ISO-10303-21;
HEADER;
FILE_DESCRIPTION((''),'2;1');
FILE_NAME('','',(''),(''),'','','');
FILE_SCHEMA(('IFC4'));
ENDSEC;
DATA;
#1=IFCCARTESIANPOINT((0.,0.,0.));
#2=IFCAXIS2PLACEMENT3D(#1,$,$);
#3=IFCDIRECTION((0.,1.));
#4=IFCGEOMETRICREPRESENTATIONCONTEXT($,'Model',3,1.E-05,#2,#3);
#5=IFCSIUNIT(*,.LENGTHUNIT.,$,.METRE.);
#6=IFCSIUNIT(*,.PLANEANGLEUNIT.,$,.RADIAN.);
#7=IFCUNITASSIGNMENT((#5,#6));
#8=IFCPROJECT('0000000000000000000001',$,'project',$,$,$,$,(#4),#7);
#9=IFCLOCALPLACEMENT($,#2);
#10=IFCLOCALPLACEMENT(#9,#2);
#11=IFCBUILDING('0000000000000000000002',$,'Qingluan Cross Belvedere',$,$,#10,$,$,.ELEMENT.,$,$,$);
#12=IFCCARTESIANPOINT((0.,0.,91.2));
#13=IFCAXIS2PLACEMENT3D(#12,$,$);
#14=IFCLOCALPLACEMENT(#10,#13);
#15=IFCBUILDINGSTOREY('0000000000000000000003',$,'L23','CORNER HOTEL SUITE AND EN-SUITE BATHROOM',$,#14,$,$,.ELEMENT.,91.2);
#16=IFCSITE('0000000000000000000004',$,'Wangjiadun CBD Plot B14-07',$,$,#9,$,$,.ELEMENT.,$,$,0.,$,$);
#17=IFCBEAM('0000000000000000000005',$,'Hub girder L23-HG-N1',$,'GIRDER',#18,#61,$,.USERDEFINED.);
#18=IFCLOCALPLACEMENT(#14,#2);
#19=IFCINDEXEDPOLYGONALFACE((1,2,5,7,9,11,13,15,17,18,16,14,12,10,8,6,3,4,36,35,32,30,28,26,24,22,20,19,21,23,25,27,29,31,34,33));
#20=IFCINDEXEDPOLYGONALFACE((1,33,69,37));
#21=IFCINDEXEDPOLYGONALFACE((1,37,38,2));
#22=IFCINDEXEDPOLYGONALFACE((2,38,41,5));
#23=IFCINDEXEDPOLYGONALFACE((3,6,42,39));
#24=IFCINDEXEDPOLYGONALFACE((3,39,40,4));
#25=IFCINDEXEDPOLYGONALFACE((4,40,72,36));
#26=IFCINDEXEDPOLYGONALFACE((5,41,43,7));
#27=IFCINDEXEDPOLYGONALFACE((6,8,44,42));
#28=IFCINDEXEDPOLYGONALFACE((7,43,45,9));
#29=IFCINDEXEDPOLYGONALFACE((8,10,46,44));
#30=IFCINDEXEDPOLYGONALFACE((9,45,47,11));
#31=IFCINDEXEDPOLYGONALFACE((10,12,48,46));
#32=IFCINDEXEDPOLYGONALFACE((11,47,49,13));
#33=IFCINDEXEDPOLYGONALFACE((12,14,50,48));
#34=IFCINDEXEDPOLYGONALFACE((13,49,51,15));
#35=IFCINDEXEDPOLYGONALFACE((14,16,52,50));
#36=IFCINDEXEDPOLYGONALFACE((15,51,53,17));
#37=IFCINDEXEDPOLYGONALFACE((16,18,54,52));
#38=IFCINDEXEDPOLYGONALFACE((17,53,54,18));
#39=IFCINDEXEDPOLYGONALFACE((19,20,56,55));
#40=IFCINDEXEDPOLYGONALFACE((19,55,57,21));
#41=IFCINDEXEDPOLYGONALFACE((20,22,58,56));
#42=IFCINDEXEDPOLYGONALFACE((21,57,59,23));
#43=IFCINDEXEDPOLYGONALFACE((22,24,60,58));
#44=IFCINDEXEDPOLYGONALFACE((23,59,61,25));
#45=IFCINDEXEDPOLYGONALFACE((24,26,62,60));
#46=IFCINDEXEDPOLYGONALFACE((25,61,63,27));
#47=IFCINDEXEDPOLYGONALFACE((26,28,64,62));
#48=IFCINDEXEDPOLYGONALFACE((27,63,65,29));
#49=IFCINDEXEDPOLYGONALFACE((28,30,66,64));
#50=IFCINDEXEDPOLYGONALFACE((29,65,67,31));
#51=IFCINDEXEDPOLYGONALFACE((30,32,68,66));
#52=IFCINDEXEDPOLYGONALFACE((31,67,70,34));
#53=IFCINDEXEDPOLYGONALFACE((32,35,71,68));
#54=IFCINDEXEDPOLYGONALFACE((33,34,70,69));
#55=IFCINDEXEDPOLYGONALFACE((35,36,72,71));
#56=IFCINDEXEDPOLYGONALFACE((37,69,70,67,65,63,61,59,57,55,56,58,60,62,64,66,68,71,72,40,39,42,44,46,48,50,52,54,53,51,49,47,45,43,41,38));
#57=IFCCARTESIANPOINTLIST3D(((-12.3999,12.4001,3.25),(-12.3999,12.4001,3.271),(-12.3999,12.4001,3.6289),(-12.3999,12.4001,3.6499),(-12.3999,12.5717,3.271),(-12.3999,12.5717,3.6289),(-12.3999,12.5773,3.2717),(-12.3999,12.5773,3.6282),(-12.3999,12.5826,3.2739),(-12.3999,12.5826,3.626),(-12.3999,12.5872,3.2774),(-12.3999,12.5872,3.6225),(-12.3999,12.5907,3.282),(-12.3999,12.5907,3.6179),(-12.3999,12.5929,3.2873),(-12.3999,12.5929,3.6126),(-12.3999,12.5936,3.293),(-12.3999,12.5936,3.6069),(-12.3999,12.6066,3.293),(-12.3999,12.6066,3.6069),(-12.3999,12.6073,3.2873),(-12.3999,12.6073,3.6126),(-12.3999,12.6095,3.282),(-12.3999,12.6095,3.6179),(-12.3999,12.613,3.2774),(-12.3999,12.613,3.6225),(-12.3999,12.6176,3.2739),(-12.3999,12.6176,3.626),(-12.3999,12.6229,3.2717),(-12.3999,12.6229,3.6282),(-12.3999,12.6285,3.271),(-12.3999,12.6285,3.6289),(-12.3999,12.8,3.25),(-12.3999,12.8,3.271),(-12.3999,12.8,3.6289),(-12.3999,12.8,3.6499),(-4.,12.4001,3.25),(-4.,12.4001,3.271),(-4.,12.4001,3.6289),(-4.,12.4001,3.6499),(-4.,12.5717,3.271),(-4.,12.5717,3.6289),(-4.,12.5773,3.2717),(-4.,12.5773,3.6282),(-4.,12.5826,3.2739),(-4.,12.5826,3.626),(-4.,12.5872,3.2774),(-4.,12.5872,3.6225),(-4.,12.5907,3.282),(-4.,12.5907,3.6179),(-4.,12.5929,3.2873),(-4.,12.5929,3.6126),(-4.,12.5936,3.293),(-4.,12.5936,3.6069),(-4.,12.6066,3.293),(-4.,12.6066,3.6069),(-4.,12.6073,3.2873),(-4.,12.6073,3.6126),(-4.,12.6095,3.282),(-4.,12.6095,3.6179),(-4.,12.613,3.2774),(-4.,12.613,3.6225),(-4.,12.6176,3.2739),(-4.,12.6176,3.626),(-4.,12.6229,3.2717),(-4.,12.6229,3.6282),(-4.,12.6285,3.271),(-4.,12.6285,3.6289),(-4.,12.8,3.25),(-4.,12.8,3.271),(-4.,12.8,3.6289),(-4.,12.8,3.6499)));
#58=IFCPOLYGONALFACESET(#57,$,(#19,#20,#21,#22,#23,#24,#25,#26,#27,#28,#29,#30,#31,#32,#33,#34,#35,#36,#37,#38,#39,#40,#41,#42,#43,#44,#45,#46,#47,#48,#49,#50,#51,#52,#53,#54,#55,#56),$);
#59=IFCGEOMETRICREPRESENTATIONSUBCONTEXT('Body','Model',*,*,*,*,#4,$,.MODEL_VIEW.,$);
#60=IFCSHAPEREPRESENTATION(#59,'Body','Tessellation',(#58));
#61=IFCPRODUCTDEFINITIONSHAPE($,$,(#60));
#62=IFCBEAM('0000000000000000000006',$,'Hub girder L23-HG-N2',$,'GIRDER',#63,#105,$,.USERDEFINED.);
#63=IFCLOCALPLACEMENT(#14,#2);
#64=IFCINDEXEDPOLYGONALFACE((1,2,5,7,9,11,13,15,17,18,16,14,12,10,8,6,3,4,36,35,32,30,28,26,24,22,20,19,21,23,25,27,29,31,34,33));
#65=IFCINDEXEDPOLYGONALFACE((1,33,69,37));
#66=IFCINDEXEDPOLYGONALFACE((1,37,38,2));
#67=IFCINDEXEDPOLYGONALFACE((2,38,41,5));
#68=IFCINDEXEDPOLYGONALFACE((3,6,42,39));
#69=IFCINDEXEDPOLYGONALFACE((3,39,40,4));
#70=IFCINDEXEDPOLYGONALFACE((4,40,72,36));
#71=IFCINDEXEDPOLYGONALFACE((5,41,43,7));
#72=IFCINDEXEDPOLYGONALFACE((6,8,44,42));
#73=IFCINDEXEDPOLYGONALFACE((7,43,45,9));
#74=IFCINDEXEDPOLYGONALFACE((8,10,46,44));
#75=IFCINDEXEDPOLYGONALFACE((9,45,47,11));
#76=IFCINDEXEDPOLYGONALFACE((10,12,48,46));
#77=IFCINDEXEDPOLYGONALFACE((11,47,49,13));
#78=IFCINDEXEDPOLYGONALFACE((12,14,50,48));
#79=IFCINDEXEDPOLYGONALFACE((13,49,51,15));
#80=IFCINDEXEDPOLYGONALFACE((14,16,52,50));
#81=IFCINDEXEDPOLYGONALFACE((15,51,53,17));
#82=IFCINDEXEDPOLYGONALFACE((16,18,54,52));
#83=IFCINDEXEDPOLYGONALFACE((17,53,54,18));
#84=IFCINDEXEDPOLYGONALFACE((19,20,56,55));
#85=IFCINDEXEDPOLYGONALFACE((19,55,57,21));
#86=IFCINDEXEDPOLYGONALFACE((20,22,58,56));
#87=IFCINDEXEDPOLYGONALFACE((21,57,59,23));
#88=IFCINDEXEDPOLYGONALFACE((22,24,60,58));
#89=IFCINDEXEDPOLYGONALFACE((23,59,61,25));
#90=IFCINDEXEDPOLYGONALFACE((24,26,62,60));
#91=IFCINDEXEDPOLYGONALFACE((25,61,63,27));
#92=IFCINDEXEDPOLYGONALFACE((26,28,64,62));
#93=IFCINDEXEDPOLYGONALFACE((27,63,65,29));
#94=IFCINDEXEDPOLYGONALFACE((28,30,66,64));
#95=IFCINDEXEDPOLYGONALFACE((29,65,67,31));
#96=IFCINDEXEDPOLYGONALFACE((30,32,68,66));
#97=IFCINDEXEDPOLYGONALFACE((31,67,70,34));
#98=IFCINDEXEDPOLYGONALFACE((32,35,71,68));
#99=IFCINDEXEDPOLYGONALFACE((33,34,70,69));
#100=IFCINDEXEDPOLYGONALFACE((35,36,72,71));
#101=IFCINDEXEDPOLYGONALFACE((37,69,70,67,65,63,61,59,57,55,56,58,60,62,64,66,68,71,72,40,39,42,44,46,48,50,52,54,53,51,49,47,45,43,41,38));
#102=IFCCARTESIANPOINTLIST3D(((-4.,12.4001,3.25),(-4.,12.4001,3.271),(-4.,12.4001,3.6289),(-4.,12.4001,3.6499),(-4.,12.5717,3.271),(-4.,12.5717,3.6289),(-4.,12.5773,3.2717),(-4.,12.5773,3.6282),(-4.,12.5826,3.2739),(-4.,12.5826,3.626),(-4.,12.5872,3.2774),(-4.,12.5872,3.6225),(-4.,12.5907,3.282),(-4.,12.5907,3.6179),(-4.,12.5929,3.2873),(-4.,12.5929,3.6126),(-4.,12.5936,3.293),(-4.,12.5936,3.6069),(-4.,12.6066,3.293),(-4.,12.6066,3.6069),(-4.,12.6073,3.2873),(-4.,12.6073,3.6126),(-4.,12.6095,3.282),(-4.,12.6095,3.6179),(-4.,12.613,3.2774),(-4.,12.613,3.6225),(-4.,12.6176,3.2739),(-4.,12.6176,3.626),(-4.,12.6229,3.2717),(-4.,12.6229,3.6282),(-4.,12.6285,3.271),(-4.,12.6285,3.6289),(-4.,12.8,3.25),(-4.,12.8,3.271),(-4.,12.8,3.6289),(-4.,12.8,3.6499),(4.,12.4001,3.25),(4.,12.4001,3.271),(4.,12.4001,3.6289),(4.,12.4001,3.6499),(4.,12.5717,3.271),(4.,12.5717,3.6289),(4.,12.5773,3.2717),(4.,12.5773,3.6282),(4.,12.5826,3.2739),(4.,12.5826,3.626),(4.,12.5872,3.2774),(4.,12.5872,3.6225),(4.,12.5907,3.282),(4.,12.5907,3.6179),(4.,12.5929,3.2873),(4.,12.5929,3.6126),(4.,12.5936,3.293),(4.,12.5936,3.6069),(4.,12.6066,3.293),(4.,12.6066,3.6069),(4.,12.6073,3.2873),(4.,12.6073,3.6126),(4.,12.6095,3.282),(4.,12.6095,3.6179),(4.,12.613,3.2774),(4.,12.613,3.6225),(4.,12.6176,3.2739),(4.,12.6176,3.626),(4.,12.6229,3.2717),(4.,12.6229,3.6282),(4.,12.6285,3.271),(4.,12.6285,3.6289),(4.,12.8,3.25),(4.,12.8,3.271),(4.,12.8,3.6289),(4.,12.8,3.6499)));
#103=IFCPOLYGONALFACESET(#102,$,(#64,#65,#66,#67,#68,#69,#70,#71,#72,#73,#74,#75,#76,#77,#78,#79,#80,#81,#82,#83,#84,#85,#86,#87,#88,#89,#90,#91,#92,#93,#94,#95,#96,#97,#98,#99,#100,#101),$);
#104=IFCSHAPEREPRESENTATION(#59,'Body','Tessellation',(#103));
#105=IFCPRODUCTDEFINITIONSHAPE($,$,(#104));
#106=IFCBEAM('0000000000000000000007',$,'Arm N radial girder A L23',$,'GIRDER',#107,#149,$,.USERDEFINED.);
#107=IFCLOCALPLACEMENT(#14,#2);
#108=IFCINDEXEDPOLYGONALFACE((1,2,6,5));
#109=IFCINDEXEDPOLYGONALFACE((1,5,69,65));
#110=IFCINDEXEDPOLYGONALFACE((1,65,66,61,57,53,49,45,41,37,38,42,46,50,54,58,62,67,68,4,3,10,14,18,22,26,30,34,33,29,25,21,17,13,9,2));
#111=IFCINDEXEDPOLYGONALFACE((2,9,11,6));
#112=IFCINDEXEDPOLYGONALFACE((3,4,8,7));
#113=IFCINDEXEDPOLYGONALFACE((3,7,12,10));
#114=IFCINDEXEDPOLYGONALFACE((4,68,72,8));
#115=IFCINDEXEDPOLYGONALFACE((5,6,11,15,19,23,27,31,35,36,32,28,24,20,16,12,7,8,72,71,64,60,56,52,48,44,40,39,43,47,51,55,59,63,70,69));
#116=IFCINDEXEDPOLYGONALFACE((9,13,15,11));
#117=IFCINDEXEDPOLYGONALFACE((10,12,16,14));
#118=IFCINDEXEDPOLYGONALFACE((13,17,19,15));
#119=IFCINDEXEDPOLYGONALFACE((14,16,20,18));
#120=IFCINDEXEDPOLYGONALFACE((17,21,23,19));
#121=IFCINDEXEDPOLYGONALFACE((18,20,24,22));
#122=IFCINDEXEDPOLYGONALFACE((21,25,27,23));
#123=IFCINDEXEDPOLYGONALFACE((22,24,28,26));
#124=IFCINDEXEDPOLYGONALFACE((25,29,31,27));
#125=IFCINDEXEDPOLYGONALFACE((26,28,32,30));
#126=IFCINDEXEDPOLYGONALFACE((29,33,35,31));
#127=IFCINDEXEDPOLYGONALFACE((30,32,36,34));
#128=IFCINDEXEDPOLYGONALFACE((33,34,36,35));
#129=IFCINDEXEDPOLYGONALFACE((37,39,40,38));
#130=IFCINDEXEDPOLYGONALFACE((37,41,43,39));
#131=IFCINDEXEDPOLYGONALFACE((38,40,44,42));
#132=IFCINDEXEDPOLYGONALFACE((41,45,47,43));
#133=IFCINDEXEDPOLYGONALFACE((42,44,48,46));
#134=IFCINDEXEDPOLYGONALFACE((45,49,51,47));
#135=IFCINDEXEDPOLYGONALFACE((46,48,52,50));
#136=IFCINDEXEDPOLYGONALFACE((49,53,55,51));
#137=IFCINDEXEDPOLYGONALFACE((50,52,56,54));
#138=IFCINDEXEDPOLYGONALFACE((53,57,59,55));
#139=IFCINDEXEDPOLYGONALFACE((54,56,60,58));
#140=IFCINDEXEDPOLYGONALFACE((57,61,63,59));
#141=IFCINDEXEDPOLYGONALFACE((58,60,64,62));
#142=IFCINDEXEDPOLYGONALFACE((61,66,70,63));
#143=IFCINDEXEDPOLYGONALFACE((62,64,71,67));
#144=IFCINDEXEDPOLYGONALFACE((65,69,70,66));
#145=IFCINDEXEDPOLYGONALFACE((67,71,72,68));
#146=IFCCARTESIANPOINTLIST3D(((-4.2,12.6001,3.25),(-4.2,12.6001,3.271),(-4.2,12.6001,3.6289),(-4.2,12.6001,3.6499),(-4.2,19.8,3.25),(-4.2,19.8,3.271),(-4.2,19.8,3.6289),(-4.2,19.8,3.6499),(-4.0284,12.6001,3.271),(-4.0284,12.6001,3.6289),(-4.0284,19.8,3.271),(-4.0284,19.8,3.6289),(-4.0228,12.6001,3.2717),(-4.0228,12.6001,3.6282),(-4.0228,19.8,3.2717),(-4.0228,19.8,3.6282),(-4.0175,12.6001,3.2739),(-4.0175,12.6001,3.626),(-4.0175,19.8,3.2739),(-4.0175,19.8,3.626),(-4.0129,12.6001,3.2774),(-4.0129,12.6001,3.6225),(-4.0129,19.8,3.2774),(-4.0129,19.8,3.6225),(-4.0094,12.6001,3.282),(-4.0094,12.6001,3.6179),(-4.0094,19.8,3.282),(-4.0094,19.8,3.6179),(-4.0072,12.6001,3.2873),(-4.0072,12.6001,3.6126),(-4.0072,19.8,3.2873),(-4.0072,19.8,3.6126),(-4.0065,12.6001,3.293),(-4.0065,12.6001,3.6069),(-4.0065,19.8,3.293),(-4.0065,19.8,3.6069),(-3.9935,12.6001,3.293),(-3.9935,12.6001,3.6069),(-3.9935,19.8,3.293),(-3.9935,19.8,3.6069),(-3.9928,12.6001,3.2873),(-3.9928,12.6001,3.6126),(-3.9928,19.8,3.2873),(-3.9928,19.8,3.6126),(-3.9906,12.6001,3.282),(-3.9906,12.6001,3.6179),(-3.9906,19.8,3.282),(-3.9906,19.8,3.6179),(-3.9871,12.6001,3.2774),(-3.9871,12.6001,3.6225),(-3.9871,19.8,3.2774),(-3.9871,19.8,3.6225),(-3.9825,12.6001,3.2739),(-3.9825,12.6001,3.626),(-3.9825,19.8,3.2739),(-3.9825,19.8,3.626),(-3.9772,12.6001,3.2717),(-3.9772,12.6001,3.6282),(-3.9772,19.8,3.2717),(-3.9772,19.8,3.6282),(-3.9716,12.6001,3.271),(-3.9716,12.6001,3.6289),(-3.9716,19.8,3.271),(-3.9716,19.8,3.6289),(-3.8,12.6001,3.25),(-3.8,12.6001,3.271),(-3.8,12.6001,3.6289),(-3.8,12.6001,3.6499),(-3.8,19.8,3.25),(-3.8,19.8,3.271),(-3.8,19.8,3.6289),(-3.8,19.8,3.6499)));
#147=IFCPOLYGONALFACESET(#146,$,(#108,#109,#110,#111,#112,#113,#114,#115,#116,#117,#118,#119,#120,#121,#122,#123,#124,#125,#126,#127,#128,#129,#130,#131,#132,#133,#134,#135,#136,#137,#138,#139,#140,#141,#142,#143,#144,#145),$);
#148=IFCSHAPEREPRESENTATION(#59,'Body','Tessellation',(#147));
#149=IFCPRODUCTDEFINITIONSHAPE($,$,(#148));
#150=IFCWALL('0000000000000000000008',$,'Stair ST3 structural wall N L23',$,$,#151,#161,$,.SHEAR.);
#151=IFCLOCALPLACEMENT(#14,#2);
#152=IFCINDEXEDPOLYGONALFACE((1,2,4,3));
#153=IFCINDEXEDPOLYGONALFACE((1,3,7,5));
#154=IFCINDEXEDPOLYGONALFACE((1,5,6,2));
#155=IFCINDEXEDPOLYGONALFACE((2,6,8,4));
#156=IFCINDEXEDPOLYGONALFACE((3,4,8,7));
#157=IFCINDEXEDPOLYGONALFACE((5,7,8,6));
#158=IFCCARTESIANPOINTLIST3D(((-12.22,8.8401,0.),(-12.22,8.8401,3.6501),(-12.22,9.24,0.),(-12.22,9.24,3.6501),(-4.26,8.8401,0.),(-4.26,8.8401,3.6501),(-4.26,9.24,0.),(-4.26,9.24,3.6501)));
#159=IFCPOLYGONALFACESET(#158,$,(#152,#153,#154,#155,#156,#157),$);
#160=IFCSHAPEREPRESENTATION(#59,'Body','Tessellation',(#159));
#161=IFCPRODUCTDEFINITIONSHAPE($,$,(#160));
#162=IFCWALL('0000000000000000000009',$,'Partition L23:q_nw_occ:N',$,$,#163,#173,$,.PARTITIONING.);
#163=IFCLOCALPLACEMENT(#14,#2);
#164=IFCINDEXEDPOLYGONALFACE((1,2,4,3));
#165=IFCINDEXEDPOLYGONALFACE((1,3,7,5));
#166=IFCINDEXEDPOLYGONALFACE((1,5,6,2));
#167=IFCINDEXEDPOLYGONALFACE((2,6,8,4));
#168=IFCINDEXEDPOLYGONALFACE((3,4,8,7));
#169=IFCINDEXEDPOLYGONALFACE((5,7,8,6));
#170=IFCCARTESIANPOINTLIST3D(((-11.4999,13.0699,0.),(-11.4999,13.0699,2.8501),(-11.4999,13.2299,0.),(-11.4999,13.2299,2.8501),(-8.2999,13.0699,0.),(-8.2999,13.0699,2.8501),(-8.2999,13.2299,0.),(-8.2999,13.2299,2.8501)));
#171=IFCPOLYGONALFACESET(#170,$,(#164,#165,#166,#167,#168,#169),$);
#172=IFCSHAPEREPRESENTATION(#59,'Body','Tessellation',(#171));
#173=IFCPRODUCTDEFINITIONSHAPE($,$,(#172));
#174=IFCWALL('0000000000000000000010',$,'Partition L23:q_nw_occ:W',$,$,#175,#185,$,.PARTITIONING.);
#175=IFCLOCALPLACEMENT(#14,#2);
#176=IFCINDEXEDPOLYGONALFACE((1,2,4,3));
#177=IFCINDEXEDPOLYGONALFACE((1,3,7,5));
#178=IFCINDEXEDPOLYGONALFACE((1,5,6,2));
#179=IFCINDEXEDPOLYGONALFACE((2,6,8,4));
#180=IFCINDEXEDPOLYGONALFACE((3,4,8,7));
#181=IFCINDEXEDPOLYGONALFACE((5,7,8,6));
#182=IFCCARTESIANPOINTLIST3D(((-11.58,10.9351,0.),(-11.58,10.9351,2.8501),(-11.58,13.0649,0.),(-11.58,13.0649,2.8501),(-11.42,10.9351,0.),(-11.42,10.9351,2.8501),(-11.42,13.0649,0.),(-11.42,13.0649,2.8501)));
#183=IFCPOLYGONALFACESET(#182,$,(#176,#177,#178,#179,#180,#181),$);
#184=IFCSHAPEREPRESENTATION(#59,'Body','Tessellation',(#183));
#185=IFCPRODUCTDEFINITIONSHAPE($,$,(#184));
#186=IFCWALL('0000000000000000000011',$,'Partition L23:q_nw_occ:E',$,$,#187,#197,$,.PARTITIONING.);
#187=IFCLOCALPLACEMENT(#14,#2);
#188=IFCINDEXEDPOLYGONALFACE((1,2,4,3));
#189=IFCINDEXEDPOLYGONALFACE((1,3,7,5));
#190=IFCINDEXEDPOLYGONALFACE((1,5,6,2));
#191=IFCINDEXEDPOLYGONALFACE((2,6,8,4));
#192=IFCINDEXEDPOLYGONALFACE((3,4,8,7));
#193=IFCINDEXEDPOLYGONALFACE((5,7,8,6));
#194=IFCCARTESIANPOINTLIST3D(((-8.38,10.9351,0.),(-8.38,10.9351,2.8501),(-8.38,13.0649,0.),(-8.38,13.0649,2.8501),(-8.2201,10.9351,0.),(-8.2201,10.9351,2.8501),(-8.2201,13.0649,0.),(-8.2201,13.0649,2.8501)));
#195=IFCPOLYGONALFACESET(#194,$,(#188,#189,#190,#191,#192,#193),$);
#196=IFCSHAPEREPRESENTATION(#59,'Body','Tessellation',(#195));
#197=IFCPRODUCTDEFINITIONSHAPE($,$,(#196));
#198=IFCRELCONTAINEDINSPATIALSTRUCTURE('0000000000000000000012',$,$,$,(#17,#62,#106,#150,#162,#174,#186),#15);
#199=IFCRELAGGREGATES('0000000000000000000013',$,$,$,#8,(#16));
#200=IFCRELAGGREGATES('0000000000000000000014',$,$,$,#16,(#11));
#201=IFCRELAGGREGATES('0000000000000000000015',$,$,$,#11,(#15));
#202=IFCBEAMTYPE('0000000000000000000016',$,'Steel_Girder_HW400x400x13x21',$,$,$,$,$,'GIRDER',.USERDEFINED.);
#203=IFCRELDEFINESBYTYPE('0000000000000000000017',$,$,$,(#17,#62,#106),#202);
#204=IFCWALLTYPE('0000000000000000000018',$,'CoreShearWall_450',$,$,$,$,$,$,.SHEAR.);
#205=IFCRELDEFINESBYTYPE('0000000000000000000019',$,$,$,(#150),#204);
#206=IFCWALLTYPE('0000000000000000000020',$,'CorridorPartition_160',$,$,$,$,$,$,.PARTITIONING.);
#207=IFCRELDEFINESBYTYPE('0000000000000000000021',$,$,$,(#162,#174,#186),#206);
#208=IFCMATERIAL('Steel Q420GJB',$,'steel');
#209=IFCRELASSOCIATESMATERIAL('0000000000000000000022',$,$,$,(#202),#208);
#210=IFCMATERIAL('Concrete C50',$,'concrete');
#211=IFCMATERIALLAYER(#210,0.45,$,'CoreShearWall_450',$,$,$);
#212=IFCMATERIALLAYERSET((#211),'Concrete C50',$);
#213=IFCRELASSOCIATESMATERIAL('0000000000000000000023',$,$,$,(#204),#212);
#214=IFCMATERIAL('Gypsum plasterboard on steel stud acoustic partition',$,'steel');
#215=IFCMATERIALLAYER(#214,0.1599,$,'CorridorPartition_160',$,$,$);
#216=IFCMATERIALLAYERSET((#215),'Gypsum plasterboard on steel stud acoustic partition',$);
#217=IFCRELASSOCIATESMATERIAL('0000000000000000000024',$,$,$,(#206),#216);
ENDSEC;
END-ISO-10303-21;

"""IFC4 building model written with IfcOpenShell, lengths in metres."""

from ifc_helpers import new_model, si_unit, direction, frame, frame_2d, origin, origin_2d, place, context, subcontext, project, spatial, rectangle, i_section, extrude, material, layer, layer_set, material_profile, profile_set, type_object, element, save


model = new_model("IFC4")

# Units and contexts
model_context = context("Model", 3, precision=1e-05, world=origin(), true_north=direction((0.0, 1.0)))
body_context = subcontext(model_context, "Body", "Model", "MODEL_VIEW")
ifc_project = project(units=[si_unit("LENGTHUNIT", "METRE"), si_unit("PLANEANGLEUNIT", "RADIAN")], contexts=[model_context])

# Site, building, storey
site_placement = place(None, origin())
site = spatial("IfcSite", under=ifc_project, at=site_placement, Name="Wangjiadun CBD Plot B14-07", CompositionType="ELEMENT", RefElevation=0.0)
building_placement = place(site_placement, origin())
building = spatial("IfcBuilding", under=site, at=building_placement, Name="Qingluan Cross Belvedere", CompositionType="ELEMENT")
storey_placement = place(building_placement, frame((0.0, 0.0, 91.2)))
storey = spatial("IfcBuildingStorey", under=building, at=storey_placement, Name="L23", Description="CORNER HOTEL SUITE AND EN-SUITE BATHROOM", CompositionType="ELEMENT", Elevation=91.2)

# Beams
ifc_material_1 = material(Name="Steel Q420GJB", Category="steel")
ifc_material_profile_1 = material_profile(ifc_material_1, i_section(OverallWidth=0.3999, OverallDepth=0.3999, WebThickness=0.0129, FlangeThickness=0.021, FilletRadius=0.022, at=origin_2d()), Name="HW400x400x13x21")
ifc_profile_set_1 = profile_set([ifc_material_profile_1], Name="Steel Q420GJB")
beam_type_1 = type_object("IfcBeamType", Name="Steel_Girder_HW400x400x13x21", ElementType="GIRDER", PredefinedType="USERDEFINED", material=ifc_profile_set_1)
beam_1_placement = place(storey_placement, frame((-12.3999, 12.6001, 3.45), z_axis=(1.0, 0.0, 0.0), x_axis=(0.0, 1.0, 0.0)))
element("IfcBeam", 1, at=beam_1_placement, inside=storey, type_object=beam_type_1, Name="Hub girder L23-HG-N1", ObjectType="GIRDER", PredefinedType="USERDEFINED", context=body_context, shape_type="SweptSolid", body=[
    extrude(i_section(OverallWidth=0.3999, OverallDepth=0.3999, WebThickness=0.0129, FlangeThickness=0.021, FilletRadius=0.022, at=origin_2d()), origin(), (0.0, 0.0, 1.0), 8.3999),
])
beam_2_placement = place(storey_placement, frame((-4.0, 12.6001, 3.45), z_axis=(1.0, 0.0, 0.0), x_axis=(0.0, 1.0, 0.0)))
element("IfcBeam", 2, at=beam_2_placement, inside=storey, type_object=beam_type_1, Name="Hub girder L23-HG-N2", ObjectType="GIRDER", PredefinedType="USERDEFINED", context=body_context, shape_type="SweptSolid", body=[
    extrude(i_section(OverallWidth=0.3999, OverallDepth=0.3999, WebThickness=0.0129, FlangeThickness=0.021, FilletRadius=0.022, at=origin_2d()), origin(), (0.0, 0.0, 1.0), 8.0),
])
beam_3_placement = place(storey_placement, frame((-4.0, 12.6001, 3.45), z_axis=(0.0, 1.0, 0.0), x_axis=(-1.0, 0.0, 0.0)))
element("IfcBeam", 3, at=beam_3_placement, inside=storey, type_object=beam_type_1, Name="Arm N radial girder A L23", ObjectType="GIRDER", PredefinedType="USERDEFINED", context=body_context, shape_type="SweptSolid", body=[
    extrude(i_section(OverallWidth=0.3999, OverallDepth=0.3999, WebThickness=0.0129, FlangeThickness=0.021, FilletRadius=0.022, at=origin_2d()), origin(), (0.0, 0.0, 1.0), 7.2),
])

# Wall
ifc_material_2 = material(Name="Concrete C50", Category="concrete")
ifc_layer_1 = layer(ifc_material_2, 0.45, Name="CoreShearWall_450")
ifc_layer_set_1 = layer_set([ifc_layer_1], Name="Concrete C50")
wall_type_1 = type_object("IfcWallType", Name="CoreShearWall_450", PredefinedType="SHEAR", material=ifc_layer_set_1)
wall_1_placement = place(storey_placement, frame((-12.22, 9.04, 0.0), z_axis=(0.0, 0.0, 1.0), x_axis=(1.0, 0.0, 0.0)))
element("IfcWall", 4, at=wall_1_placement, inside=storey, type_object=wall_type_1, Name="Stair ST3 structural wall N L23", PredefinedType="SHEAR", context=body_context, shape_type="SweptSolid", body=[
    extrude(rectangle(XDim=7.96, YDim=0.3999, at=frame_2d((3.98, 0.0))), origin(), (0.0, 0.0, 1.0), 3.6501),
])

# Shared definitions
ifc_material_3 = material(Name="Gypsum plasterboard on steel stud acoustic partition", Category="steel")
ifc_layer_2 = layer(ifc_material_3, 0.1599, Name="CorridorPartition_160")
ifc_layer_set_2 = layer_set([ifc_layer_2], Name="Gypsum plasterboard on steel stud acoustic partition")
wall_type_2 = type_object("IfcWallType", Name="CorridorPartition_160", PredefinedType="PARTITIONING", material=ifc_layer_set_2)

# Walls
wall_2_placement = place(storey_placement, frame((-11.5, 13.1499, 0.0), z_axis=(0.0, 0.0, 1.0), x_axis=(1.0, 0.0, 0.0)))
element("IfcWall", 5, at=wall_2_placement, inside=storey, type_object=wall_type_2, Name="Partition L23:q_nw_occ:N", PredefinedType="PARTITIONING", context=body_context, shape_type="SweptSolid", body=[
    extrude(rectangle(XDim=3.2, YDim=0.1599, at=frame_2d((1.6001, 0.0))), origin(), (0.0, 0.0, 1.0), 2.8501),
])
for number, where, z_axis, x_axis, name in (
    (6, (-11.5, 10.9351, 0.0), (0.0, 0.0, 1.0), (0.0, 1.0, 0.0), "Partition L23:q_nw_occ:W"),
    (7, (-8.3, 10.9351, 0.0), (0.0, 0.0, 1.0), (0.0, 1.0, 0.0), "Partition L23:q_nw_occ:E"),
):
    element("IfcWall", number, at=place(storey_placement, frame(where, z_axis=z_axis, x_axis=x_axis)), inside=storey, type_object=wall_type_2, Name=name, PredefinedType="PARTITIONING", context=body_context, shape_type="SweptSolid", body=[
        extrude(rectangle(XDim=2.1299, YDim=0.1599, at=frame_2d((1.0649, 0.0))), origin(), (0.0, 0.0, 1.0), 2.8501),
    ])

save(model, "model.ifc")
